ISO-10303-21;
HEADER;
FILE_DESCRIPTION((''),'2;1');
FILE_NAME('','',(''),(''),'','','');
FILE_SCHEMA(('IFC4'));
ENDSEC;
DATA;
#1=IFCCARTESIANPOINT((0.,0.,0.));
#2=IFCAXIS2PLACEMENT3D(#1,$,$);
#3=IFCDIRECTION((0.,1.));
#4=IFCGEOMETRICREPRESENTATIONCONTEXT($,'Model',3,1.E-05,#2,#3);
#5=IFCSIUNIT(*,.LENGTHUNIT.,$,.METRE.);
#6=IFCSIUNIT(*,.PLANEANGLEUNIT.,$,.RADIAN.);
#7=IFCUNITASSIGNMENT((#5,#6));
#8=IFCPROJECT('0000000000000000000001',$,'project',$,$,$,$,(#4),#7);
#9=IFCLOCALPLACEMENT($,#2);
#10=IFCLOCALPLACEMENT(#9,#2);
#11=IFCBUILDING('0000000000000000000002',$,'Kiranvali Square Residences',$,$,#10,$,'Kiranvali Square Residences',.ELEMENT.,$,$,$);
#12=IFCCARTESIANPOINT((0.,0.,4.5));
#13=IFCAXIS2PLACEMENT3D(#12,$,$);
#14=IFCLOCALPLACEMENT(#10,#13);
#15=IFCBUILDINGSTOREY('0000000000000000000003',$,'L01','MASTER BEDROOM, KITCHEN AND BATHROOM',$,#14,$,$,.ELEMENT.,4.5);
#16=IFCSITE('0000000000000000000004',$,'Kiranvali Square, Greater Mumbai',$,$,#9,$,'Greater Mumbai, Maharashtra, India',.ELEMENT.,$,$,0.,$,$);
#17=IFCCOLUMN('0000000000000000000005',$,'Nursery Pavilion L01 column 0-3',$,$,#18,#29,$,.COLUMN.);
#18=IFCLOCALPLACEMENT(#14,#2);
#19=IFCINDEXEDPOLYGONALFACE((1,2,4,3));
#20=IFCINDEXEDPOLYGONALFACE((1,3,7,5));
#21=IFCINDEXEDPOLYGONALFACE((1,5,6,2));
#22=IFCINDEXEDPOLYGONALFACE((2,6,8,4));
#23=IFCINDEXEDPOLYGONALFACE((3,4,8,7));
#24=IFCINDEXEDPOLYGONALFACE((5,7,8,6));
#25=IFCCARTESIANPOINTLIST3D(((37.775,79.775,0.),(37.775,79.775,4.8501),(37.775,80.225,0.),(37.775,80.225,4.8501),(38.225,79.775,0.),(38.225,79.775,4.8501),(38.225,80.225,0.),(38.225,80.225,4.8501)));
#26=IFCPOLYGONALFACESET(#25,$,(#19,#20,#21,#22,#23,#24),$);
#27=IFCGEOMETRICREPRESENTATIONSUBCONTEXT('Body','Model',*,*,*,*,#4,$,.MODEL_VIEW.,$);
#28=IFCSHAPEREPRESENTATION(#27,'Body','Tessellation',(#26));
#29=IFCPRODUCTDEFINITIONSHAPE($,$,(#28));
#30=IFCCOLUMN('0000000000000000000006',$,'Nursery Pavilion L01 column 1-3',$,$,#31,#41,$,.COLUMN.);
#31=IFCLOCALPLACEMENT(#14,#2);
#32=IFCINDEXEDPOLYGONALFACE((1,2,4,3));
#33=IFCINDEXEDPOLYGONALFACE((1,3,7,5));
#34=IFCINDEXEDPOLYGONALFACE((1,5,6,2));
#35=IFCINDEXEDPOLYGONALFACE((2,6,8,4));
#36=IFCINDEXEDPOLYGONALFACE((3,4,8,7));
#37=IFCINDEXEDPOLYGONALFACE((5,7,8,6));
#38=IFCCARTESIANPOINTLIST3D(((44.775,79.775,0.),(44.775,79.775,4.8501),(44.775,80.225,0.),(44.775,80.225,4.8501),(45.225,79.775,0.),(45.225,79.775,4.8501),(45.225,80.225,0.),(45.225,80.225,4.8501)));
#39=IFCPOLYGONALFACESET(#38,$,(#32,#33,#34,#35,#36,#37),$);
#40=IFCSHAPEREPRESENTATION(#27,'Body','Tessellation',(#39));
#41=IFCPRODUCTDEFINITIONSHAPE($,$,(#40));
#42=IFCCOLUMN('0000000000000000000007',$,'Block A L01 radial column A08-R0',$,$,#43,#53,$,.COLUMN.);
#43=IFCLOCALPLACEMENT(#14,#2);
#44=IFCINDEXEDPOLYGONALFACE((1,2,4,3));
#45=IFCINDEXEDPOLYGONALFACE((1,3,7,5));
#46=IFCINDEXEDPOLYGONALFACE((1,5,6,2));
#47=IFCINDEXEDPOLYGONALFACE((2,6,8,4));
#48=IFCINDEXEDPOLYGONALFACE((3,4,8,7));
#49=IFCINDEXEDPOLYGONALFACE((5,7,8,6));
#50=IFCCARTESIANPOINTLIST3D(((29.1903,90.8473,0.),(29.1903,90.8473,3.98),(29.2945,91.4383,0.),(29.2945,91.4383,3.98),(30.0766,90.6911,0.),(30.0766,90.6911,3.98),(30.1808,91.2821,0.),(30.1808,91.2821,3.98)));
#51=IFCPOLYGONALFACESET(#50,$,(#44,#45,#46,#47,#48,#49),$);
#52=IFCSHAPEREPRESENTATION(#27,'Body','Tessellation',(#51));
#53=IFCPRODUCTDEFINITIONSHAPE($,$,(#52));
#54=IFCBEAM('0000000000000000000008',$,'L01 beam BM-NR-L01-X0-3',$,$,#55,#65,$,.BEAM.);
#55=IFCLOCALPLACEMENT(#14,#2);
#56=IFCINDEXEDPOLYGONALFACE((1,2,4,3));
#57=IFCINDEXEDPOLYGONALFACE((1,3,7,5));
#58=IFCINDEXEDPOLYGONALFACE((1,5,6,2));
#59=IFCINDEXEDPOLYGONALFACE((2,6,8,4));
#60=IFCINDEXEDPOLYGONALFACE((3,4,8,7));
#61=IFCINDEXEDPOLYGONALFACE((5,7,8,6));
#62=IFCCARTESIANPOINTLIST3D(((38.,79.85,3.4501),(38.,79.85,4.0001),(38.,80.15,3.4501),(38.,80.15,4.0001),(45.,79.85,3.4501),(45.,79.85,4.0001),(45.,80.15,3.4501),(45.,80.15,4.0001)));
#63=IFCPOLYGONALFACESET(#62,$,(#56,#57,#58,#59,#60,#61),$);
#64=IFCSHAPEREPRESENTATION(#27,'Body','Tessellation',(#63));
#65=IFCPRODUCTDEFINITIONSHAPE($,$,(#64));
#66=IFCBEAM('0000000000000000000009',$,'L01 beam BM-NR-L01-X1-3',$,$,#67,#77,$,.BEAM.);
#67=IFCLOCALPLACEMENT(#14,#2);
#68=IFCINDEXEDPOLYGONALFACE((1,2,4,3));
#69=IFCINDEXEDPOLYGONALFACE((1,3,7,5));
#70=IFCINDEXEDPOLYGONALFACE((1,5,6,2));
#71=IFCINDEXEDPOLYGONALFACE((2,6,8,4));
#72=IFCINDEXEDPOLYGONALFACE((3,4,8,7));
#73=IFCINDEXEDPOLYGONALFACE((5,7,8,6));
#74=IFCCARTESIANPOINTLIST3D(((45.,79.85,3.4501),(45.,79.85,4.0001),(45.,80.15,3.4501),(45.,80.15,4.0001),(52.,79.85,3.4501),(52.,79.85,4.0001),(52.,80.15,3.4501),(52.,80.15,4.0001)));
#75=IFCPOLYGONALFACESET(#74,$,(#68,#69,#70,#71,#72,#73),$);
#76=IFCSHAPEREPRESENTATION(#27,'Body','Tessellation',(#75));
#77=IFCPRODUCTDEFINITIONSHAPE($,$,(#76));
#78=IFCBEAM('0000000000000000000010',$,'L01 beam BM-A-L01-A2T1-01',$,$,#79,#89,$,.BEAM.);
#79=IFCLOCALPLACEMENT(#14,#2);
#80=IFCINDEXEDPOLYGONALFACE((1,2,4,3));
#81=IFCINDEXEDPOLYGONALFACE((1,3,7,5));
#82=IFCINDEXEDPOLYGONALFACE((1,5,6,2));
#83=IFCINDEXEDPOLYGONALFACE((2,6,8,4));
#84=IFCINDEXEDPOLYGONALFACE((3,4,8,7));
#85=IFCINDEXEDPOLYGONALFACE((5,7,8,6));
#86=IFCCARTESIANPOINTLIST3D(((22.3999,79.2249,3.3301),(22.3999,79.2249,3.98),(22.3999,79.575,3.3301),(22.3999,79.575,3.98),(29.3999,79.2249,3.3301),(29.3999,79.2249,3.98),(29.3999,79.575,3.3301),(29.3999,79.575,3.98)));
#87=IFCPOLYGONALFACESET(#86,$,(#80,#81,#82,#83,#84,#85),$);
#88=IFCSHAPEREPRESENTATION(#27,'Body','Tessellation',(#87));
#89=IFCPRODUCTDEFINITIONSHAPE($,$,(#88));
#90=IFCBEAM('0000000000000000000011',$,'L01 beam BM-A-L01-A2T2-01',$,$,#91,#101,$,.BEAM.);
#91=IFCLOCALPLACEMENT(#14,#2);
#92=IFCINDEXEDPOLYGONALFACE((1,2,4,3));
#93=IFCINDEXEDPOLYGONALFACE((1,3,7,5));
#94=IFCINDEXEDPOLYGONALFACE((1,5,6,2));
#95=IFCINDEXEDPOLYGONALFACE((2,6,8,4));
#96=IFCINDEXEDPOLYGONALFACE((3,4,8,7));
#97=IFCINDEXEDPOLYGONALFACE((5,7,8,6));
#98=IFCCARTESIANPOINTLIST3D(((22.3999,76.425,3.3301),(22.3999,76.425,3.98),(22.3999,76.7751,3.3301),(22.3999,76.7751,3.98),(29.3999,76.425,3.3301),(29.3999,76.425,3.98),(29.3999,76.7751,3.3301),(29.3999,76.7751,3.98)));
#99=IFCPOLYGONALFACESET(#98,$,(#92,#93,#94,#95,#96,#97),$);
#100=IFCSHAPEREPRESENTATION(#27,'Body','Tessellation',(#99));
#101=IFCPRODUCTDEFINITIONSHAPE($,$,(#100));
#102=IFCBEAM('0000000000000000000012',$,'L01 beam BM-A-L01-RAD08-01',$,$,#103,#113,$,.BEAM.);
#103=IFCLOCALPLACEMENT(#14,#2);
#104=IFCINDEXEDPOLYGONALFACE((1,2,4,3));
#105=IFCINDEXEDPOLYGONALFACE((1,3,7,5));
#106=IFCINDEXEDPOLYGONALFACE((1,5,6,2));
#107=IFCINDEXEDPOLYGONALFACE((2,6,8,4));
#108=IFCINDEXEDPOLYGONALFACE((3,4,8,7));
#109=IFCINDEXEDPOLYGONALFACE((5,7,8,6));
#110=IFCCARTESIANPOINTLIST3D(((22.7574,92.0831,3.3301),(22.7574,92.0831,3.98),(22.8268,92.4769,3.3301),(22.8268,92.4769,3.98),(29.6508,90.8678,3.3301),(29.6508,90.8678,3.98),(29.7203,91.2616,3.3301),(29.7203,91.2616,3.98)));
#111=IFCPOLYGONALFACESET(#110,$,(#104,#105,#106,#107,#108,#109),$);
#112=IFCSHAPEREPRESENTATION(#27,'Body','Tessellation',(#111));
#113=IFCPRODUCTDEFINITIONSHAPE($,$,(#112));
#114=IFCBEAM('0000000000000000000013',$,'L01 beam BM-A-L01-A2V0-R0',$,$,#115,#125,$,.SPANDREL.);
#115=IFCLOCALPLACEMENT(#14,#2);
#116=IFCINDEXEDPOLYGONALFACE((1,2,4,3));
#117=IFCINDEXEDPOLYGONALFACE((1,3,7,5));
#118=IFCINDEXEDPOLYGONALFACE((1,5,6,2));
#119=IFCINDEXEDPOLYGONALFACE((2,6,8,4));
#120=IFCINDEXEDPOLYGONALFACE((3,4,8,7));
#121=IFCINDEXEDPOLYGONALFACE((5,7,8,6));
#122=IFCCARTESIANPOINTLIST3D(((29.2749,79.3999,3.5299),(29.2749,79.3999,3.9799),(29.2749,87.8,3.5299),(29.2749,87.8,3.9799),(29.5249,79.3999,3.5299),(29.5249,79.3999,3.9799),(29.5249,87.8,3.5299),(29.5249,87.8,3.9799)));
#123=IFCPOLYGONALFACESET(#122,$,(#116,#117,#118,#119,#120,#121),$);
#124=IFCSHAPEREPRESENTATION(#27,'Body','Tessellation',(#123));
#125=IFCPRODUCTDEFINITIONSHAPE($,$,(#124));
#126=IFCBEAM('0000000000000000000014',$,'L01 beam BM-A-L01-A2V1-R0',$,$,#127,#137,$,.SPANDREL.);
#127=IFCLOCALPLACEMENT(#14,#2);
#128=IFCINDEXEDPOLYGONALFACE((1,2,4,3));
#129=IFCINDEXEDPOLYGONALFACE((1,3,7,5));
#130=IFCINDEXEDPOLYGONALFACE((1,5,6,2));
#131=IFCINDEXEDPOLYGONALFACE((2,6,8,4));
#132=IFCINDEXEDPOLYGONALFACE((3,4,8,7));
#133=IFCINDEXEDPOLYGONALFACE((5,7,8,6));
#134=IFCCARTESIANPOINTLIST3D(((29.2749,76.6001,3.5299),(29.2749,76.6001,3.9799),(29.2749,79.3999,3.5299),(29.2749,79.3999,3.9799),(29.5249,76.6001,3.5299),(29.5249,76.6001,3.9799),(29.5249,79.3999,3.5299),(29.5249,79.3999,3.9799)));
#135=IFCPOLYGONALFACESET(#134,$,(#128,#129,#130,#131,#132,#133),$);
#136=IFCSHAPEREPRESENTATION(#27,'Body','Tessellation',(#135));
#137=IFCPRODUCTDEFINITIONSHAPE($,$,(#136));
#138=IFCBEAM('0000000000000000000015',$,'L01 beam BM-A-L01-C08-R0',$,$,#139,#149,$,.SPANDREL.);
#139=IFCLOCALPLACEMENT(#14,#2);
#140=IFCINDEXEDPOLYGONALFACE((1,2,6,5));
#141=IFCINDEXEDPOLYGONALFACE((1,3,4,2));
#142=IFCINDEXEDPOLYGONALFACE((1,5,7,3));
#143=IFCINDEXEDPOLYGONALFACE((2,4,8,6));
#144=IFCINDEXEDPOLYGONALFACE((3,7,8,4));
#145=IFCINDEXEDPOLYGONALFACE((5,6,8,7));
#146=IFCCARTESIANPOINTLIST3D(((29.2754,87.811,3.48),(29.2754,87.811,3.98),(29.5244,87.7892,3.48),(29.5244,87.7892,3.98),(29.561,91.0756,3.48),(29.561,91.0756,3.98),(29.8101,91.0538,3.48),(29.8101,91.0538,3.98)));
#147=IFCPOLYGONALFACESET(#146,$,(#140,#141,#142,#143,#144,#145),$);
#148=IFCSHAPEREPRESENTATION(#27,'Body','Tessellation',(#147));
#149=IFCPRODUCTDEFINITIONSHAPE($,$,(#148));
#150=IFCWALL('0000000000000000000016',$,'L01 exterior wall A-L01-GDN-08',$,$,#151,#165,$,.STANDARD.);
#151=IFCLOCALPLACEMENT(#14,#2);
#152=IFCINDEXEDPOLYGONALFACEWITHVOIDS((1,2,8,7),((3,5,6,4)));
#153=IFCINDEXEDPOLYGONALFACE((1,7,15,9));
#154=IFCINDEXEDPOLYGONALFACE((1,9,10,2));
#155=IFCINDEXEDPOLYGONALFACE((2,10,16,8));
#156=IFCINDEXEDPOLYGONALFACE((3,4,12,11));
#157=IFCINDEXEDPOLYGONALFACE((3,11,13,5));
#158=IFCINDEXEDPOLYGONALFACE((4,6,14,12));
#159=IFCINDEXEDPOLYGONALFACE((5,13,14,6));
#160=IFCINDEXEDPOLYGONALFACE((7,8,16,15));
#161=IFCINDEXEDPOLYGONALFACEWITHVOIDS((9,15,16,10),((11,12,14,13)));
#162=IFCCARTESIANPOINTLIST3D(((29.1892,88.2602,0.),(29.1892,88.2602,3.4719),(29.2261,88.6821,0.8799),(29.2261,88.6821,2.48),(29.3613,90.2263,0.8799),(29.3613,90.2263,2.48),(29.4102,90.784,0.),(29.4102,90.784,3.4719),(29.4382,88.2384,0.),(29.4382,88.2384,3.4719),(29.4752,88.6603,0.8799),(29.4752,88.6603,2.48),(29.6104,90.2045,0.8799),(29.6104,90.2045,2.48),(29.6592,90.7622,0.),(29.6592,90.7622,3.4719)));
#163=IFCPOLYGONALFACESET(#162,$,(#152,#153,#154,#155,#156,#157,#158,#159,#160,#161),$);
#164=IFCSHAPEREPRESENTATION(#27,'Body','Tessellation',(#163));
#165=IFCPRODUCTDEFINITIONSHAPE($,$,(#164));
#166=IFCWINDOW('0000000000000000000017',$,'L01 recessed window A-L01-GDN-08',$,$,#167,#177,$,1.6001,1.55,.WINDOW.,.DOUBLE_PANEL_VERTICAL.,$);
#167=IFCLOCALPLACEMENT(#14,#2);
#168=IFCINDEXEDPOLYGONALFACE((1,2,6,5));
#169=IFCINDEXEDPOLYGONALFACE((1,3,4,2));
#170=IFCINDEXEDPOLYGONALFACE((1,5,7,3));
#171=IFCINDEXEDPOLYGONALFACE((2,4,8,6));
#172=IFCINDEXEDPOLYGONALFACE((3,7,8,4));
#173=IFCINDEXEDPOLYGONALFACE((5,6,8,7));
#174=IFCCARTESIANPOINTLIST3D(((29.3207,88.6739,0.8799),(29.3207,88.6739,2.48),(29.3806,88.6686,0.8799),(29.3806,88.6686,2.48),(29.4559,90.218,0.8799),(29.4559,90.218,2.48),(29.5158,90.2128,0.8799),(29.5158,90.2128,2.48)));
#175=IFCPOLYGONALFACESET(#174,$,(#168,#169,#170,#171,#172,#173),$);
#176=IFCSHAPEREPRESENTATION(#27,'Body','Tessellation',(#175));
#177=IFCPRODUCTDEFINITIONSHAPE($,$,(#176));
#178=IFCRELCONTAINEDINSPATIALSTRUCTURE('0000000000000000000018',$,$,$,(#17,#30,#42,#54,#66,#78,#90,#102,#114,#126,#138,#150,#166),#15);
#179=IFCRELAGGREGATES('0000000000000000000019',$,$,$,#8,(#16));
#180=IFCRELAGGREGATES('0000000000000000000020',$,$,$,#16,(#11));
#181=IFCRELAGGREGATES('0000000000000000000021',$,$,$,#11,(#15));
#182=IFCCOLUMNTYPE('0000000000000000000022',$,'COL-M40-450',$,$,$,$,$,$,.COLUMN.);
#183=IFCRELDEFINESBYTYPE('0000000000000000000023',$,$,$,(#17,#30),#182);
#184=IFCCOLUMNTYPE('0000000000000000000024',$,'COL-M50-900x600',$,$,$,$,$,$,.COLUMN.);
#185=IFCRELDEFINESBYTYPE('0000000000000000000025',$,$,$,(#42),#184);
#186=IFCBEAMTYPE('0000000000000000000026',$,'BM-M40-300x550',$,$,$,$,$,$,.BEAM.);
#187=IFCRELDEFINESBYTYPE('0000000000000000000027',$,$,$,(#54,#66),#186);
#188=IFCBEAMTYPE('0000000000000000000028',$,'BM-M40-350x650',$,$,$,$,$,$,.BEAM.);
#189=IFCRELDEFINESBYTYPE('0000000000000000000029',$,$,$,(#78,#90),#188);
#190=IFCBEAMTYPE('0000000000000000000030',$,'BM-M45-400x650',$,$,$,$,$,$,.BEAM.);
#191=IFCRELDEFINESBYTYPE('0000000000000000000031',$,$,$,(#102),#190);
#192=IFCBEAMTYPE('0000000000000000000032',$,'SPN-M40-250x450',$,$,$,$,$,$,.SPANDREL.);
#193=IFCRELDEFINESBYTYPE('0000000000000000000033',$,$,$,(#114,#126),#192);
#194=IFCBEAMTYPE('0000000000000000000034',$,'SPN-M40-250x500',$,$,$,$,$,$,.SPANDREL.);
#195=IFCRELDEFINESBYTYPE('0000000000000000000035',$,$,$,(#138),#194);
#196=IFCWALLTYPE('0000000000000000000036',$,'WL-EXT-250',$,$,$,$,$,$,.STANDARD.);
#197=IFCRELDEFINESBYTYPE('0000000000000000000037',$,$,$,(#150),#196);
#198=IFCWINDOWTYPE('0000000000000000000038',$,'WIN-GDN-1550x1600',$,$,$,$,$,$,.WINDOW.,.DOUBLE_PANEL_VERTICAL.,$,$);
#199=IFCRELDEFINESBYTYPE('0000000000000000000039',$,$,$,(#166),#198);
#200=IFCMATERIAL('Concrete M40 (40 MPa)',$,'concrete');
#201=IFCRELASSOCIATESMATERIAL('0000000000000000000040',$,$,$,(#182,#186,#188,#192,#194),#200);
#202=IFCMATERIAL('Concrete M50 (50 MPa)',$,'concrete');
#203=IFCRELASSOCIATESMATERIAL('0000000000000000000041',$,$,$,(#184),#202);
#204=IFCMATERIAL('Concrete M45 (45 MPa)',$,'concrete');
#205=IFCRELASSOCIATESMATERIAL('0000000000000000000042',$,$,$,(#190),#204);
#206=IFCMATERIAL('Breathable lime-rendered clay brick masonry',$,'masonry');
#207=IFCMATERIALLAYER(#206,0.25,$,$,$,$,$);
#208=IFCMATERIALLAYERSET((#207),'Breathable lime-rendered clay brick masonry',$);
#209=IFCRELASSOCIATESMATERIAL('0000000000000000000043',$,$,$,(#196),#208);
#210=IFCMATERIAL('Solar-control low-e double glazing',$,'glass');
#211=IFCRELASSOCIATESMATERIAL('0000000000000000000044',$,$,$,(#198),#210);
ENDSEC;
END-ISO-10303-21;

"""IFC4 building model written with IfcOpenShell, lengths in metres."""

from ifc_helpers import new_model, si_unit, direction, frame, frame_2d, origin, origin_2d, place, context, subcontext, project, spatial, rectangle, extrude, material, layer, layer_set, material_profile, profile_set, type_object, element, fill, save


model = new_model("IFC4")

# Units and contexts
model_context = context("Model", 3, precision=1e-05, world=origin(), true_north=direction((0.0, 1.0)))
body_context = subcontext(model_context, "Body", "Model", "MODEL_VIEW")
ifc_project = project(units=[si_unit("LENGTHUNIT", "METRE"), si_unit("PLANEANGLEUNIT", "RADIAN")], contexts=[model_context])

# Site, building, storey
site_placement = place(None, origin())
site = spatial("IfcSite", under=ifc_project, at=site_placement, Name="Kiranvali Square, Greater Mumbai", LongName="Greater Mumbai, Maharashtra, India", CompositionType="ELEMENT", RefElevation=0.0)
building_placement = place(site_placement, origin())
building = spatial("IfcBuilding", under=site, at=building_placement, Name="Kiranvali Square Residences", LongName="Kiranvali Square Residences", CompositionType="ELEMENT")
storey_placement = place(building_placement, frame((0.0, 0.0, 4.5)))
storey = spatial("IfcBuildingStorey", under=building, at=storey_placement, Name="L01", Description="MASTER BEDROOM, KITCHEN AND BATHROOM", CompositionType="ELEMENT", Elevation=4.5)

# Columns
ifc_material_1 = material(Name="Concrete M40 (40 MPa)", Category="concrete")
ifc_material_profile_1 = material_profile(ifc_material_1, rectangle(XDim=0.45, YDim=0.45, at=origin_2d()), Name="RC 450x450")
ifc_profile_set_1 = profile_set([ifc_material_profile_1], Name="Concrete M40 (40 MPa)")
column_type_1 = type_object("IfcColumnType", Name="COL-M40-450", PredefinedType="COLUMN", material=ifc_profile_set_1)
for number, where, z_axis, x_axis, name in (
    (1, (38.0, 80.0, 0.0), (0.0, 0.0, 1.0), (1.0, 0.0, 0.0), "Nursery Pavilion L01 column 0-3"),
    (2, (45.0, 80.0, 0.0), (0.0, 0.0, 1.0), (1.0, 0.0, 0.0), "Nursery Pavilion L01 column 1-3"),
):
    element("IfcColumn", number, at=place(storey_placement, frame(where, z_axis=z_axis, x_axis=x_axis)), inside=storey, type_object=column_type_1, Name=name, PredefinedType="COLUMN", context=body_context, shape_type="SweptSolid", body=[
        extrude(rectangle(XDim=0.45, YDim=0.45, at=origin_2d()), origin(), (0.0, 0.0, 1.0), 4.8501),
    ])
ifc_material_2 = material(Name="Concrete M50 (50 MPa)", Category="concrete")
ifc_material_profile_2 = material_profile(ifc_material_2, rectangle(XDim=0.6001, YDim=0.8999, at=origin_2d()), Name="RC 900x600")
ifc_profile_set_2 = profile_set([ifc_material_profile_2], Name="Concrete M50 (50 MPa)")
column_type_2 = type_object("IfcColumnType", Name="COL-M50-900x600", PredefinedType="COLUMN", material=ifc_profile_set_2)
column_placement = place(storey_placement, frame((29.6855, 91.0647, 0.0), z_axis=(0.0, 0.0, 1.0), x_axis=(0.173648, 0.984808, 0.0)))
element("IfcColumn", 3, at=column_placement, inside=storey, type_object=column_type_2, Name="Block A L01 radial column A08-R0", PredefinedType="COLUMN", context=body_context, shape_type="SweptSolid", body=[
    extrude(rectangle(XDim=0.6001, YDim=0.8999, at=origin_2d()), origin(), (0.0, 0.0, 1.0), 3.98),
])

# Beams
ifc_material_profile_3 = material_profile(ifc_material_1, rectangle(XDim=0.3, YDim=0.55, at=origin_2d()), Name="RC 300x550")
ifc_profile_set_3 = profile_set([ifc_material_profile_3], Name="Concrete M40 (40 MPa)")
beam_type_1 = type_object("IfcBeamType", Name="BM-M40-300x550", PredefinedType="BEAM", material=ifc_profile_set_3)
for number, where, z_axis, x_axis, name in (
    (4, (38.0, 80.0, 3.7251), (1.0, 0.0, 0.0), (0.0, 1.0, 0.0), "L01 beam BM-NR-L01-X0-3"),
    (5, (45.0, 80.0, 3.7251), (1.0, 0.0, 0.0), (0.0, 1.0, 0.0), "L01 beam BM-NR-L01-X1-3"),
):
    element("IfcBeam", number, at=place(storey_placement, frame(where, z_axis=z_axis, x_axis=x_axis)), inside=storey, type_object=beam_type_1, Name=name, PredefinedType="BEAM", context=body_context, shape_type="SweptSolid", body=[
        extrude(rectangle(XDim=0.3, YDim=0.55, at=origin_2d()), origin(), (0.0, 0.0, 1.0), 7.0),
    ])
ifc_material_profile_4 = material_profile(ifc_material_1, rectangle(XDim=0.3501, YDim=0.6499, at=origin_2d()), Name="RC 350x650")
ifc_profile_set_4 = profile_set([ifc_material_profile_4], Name="Concrete M40 (40 MPa)")
beam_type_2 = type_object("IfcBeamType", Name="BM-M40-350x650", PredefinedType="BEAM", material=ifc_profile_set_4)
for number, where, z_axis, x_axis, name in (
    (6, (29.3999, 79.3999, 3.655), (-1.0, 0.0, 0.0), (0.0, -1.0, 0.0), "L01 beam BM-A-L01-A2T1-01"),
    (7, (29.3999, 76.6001, 3.655), (-1.0, 0.0, 0.0), (0.0, -1.0, 0.0), "L01 beam BM-A-L01-A2T2-01"),
):
    element("IfcBeam", number, at=place(storey_placement, frame(where, z_axis=z_axis, x_axis=x_axis)), inside=storey, type_object=beam_type_2, Name=name, PredefinedType="BEAM", context=body_context, shape_type="SweptSolid", body=[
        extrude(rectangle(XDim=0.3501, YDim=0.6499, at=origin_2d()), origin(), (0.0, 0.0, 1.0), 7.0),
    ])
ifc_material_3 = material(Name="Concrete M45 (45 MPa)", Category="concrete")
ifc_material_profile_5 = material_profile(ifc_material_3, rectangle(XDim=0.3999, YDim=0.6499, at=origin_2d()), Name="RC 400x650")
ifc_profile_set_5 = profile_set([ifc_material_profile_5], Name="Concrete M45 (45 MPa)")
beam_type_3 = type_object("IfcBeamType", Name="BM-M45-400x650", PredefinedType="BEAM", material=ifc_profile_set_5)
beam_1_placement = place(storey_placement, frame((29.6855, 91.0647, 3.655), z_axis=(-0.984812, 0.173622, 0.0), x_axis=(-0.173622, -0.984812, 0.0)))
element("IfcBeam", 8, at=beam_1_placement, inside=storey, type_object=beam_type_3, Name="L01 beam BM-A-L01-RAD08-01", PredefinedType="BEAM", context=body_context, shape_type="SweptSolid", body=[
    extrude(rectangle(XDim=0.3999, YDim=0.6499, at=origin_2d()), origin(), (0.0, 0.0, 1.0), 6.9998),
])
ifc_material_profile_6 = material_profile(ifc_material_1, rectangle(XDim=0.25, YDim=0.45, at=origin_2d()), Name="RC 250x450")
ifc_profile_set_6 = profile_set([ifc_material_profile_6], Name="Concrete M40 (40 MPa)")
beam_type_4 = type_object("IfcBeamType", Name="SPN-M40-250x450", PredefinedType="SPANDREL", material=ifc_profile_set_6)
beam_2_placement = place(storey_placement, frame((29.3999, 87.8, 3.7549), z_axis=(0.0, -1.0, 0.0), x_axis=(1.0, 0.0, 0.0)))
element("IfcBeam", 9, at=beam_2_placement, inside=storey, type_object=beam_type_4, Name="L01 beam BM-A-L01-A2V0-R0", PredefinedType="SPANDREL", context=body_context, shape_type="SweptSolid", body=[
    extrude(rectangle(XDim=0.25, YDim=0.45, at=origin_2d()), origin(), (0.0, 0.0, 1.0), 8.4001),
])
beam_3_placement = place(storey_placement, frame((29.3999, 79.3999, 3.7549), z_axis=(0.0, -1.0, 0.0), x_axis=(1.0, 0.0, 0.0)))
element("IfcBeam", 10, at=beam_3_placement, inside=storey, type_object=beam_type_4, Name="L01 beam BM-A-L01-A2V1-R0", PredefinedType="SPANDREL", context=body_context, shape_type="SweptSolid", body=[
    extrude(rectangle(XDim=0.25, YDim=0.45, at=origin_2d()), origin(), (0.0, 0.0, 1.0), 2.7998),
])
ifc_material_profile_7 = material_profile(ifc_material_1, rectangle(XDim=0.25, YDim=0.5, at=origin_2d()), Name="RC 250x500")
ifc_profile_set_7 = profile_set([ifc_material_profile_7], Name="Concrete M40 (40 MPa)")
beam_type_5 = type_object("IfcBeamType", Name="SPN-M40-250x500", PredefinedType="SPANDREL", material=ifc_profile_set_7)
beam_4_placement = place(storey_placement, frame((29.6855, 91.0647, 3.73), z_axis=(-0.087163, -0.996194, 0.0), x_axis=(0.996194, -0.087163, 0.0)))
element("IfcBeam", 11, at=beam_4_placement, inside=storey, type_object=beam_type_5, Name="L01 beam BM-A-L01-C08-R0", PredefinedType="SPANDREL", context=body_context, shape_type="SweptSolid", body=[
    extrude(rectangle(XDim=0.25, YDim=0.5, at=origin_2d()), origin(), (0.0, 0.0, 1.0), 3.2771),
])

# Wall, opening, window
ifc_material_4 = material(Name="Breathable lime-rendered clay brick masonry", Category="masonry")
ifc_layer_1 = layer(ifc_material_4, 0.25)
ifc_layer_set_1 = layer_set([ifc_layer_1], Name="Breathable lime-rendered clay brick masonry")
wall_type_1 = type_object("IfcWallType", Name="WL-EXT-250", PredefinedType="STANDARD", material=ifc_layer_set_1)
wall_1_placement = place(storey_placement, frame((29.5347, 90.7729, 0.0), z_axis=(0.0, 0.0, 1.0), x_axis=(-0.087216, -0.996189, 0.0)))
wall_1 = element("IfcWall", 12, at=wall_1_placement, inside=storey, type_object=wall_type_1, Name="L01 exterior wall A-L01-GDN-08", PredefinedType="STANDARD", context=body_context, shape_type="SweptSolid", body=[
    extrude(rectangle(XDim=2.5334, YDim=0.25, at=frame_2d((1.2666, 0.0))), origin(), (0.0, 0.0, 1.0), 3.4719),
])
opening_1_placement = place(wall_1_placement, frame((0.5598, 0.0, 0.8799)))
opening_1 = element("IfcOpeningElement", 13, at=opening_1_placement, cuts=wall_1, PredefinedType="OPENING", context=body_context, shape_type="SweptSolid", body=[
    extrude(rectangle(XDim=1.55, YDim=1.6001, at=frame_2d((0.7749, 0.8))), frame((0.0, 0.135, 0.0), z_axis=(0.0, -1.0, 0.0), x_axis=(1.0, 0.0, 0.0)), (0.0, 0.0, 1.0), 0.27),
])
ifc_material_5 = material(Name="Solar-control low-e double glazing", Category="glass")
window_type_1 = type_object("IfcWindowType", Name="WIN-GDN-1550x1600", PartitioningType="DOUBLE_PANEL_VERTICAL", PredefinedType="WINDOW", material=ifc_material_5)
window_1_placement = place(opening_1_placement, origin())
window_1 = element("IfcWindow", 14, at=window_1_placement, inside=storey, type_object=window_type_1, Name="L01 recessed window A-L01-GDN-08", OverallHeight=1.6001, OverallWidth=1.55, PartitioningType="DOUBLE_PANEL_VERTICAL", PredefinedType="WINDOW", context=body_context, shape_type="SweptSolid", body=[
    extrude(rectangle(XDim=1.55, YDim=1.6001, at=frame_2d((0.7749, 0.8))), frame((0.0, 0.03, 0.0), z_axis=(0.0, -1.0, 0.0), x_axis=(1.0, 0.0, 0.0)), (0.0, 0.0, 1.0), 0.0601),
])
fill(opening_1, window_1)

save(model, "model.ifc")
